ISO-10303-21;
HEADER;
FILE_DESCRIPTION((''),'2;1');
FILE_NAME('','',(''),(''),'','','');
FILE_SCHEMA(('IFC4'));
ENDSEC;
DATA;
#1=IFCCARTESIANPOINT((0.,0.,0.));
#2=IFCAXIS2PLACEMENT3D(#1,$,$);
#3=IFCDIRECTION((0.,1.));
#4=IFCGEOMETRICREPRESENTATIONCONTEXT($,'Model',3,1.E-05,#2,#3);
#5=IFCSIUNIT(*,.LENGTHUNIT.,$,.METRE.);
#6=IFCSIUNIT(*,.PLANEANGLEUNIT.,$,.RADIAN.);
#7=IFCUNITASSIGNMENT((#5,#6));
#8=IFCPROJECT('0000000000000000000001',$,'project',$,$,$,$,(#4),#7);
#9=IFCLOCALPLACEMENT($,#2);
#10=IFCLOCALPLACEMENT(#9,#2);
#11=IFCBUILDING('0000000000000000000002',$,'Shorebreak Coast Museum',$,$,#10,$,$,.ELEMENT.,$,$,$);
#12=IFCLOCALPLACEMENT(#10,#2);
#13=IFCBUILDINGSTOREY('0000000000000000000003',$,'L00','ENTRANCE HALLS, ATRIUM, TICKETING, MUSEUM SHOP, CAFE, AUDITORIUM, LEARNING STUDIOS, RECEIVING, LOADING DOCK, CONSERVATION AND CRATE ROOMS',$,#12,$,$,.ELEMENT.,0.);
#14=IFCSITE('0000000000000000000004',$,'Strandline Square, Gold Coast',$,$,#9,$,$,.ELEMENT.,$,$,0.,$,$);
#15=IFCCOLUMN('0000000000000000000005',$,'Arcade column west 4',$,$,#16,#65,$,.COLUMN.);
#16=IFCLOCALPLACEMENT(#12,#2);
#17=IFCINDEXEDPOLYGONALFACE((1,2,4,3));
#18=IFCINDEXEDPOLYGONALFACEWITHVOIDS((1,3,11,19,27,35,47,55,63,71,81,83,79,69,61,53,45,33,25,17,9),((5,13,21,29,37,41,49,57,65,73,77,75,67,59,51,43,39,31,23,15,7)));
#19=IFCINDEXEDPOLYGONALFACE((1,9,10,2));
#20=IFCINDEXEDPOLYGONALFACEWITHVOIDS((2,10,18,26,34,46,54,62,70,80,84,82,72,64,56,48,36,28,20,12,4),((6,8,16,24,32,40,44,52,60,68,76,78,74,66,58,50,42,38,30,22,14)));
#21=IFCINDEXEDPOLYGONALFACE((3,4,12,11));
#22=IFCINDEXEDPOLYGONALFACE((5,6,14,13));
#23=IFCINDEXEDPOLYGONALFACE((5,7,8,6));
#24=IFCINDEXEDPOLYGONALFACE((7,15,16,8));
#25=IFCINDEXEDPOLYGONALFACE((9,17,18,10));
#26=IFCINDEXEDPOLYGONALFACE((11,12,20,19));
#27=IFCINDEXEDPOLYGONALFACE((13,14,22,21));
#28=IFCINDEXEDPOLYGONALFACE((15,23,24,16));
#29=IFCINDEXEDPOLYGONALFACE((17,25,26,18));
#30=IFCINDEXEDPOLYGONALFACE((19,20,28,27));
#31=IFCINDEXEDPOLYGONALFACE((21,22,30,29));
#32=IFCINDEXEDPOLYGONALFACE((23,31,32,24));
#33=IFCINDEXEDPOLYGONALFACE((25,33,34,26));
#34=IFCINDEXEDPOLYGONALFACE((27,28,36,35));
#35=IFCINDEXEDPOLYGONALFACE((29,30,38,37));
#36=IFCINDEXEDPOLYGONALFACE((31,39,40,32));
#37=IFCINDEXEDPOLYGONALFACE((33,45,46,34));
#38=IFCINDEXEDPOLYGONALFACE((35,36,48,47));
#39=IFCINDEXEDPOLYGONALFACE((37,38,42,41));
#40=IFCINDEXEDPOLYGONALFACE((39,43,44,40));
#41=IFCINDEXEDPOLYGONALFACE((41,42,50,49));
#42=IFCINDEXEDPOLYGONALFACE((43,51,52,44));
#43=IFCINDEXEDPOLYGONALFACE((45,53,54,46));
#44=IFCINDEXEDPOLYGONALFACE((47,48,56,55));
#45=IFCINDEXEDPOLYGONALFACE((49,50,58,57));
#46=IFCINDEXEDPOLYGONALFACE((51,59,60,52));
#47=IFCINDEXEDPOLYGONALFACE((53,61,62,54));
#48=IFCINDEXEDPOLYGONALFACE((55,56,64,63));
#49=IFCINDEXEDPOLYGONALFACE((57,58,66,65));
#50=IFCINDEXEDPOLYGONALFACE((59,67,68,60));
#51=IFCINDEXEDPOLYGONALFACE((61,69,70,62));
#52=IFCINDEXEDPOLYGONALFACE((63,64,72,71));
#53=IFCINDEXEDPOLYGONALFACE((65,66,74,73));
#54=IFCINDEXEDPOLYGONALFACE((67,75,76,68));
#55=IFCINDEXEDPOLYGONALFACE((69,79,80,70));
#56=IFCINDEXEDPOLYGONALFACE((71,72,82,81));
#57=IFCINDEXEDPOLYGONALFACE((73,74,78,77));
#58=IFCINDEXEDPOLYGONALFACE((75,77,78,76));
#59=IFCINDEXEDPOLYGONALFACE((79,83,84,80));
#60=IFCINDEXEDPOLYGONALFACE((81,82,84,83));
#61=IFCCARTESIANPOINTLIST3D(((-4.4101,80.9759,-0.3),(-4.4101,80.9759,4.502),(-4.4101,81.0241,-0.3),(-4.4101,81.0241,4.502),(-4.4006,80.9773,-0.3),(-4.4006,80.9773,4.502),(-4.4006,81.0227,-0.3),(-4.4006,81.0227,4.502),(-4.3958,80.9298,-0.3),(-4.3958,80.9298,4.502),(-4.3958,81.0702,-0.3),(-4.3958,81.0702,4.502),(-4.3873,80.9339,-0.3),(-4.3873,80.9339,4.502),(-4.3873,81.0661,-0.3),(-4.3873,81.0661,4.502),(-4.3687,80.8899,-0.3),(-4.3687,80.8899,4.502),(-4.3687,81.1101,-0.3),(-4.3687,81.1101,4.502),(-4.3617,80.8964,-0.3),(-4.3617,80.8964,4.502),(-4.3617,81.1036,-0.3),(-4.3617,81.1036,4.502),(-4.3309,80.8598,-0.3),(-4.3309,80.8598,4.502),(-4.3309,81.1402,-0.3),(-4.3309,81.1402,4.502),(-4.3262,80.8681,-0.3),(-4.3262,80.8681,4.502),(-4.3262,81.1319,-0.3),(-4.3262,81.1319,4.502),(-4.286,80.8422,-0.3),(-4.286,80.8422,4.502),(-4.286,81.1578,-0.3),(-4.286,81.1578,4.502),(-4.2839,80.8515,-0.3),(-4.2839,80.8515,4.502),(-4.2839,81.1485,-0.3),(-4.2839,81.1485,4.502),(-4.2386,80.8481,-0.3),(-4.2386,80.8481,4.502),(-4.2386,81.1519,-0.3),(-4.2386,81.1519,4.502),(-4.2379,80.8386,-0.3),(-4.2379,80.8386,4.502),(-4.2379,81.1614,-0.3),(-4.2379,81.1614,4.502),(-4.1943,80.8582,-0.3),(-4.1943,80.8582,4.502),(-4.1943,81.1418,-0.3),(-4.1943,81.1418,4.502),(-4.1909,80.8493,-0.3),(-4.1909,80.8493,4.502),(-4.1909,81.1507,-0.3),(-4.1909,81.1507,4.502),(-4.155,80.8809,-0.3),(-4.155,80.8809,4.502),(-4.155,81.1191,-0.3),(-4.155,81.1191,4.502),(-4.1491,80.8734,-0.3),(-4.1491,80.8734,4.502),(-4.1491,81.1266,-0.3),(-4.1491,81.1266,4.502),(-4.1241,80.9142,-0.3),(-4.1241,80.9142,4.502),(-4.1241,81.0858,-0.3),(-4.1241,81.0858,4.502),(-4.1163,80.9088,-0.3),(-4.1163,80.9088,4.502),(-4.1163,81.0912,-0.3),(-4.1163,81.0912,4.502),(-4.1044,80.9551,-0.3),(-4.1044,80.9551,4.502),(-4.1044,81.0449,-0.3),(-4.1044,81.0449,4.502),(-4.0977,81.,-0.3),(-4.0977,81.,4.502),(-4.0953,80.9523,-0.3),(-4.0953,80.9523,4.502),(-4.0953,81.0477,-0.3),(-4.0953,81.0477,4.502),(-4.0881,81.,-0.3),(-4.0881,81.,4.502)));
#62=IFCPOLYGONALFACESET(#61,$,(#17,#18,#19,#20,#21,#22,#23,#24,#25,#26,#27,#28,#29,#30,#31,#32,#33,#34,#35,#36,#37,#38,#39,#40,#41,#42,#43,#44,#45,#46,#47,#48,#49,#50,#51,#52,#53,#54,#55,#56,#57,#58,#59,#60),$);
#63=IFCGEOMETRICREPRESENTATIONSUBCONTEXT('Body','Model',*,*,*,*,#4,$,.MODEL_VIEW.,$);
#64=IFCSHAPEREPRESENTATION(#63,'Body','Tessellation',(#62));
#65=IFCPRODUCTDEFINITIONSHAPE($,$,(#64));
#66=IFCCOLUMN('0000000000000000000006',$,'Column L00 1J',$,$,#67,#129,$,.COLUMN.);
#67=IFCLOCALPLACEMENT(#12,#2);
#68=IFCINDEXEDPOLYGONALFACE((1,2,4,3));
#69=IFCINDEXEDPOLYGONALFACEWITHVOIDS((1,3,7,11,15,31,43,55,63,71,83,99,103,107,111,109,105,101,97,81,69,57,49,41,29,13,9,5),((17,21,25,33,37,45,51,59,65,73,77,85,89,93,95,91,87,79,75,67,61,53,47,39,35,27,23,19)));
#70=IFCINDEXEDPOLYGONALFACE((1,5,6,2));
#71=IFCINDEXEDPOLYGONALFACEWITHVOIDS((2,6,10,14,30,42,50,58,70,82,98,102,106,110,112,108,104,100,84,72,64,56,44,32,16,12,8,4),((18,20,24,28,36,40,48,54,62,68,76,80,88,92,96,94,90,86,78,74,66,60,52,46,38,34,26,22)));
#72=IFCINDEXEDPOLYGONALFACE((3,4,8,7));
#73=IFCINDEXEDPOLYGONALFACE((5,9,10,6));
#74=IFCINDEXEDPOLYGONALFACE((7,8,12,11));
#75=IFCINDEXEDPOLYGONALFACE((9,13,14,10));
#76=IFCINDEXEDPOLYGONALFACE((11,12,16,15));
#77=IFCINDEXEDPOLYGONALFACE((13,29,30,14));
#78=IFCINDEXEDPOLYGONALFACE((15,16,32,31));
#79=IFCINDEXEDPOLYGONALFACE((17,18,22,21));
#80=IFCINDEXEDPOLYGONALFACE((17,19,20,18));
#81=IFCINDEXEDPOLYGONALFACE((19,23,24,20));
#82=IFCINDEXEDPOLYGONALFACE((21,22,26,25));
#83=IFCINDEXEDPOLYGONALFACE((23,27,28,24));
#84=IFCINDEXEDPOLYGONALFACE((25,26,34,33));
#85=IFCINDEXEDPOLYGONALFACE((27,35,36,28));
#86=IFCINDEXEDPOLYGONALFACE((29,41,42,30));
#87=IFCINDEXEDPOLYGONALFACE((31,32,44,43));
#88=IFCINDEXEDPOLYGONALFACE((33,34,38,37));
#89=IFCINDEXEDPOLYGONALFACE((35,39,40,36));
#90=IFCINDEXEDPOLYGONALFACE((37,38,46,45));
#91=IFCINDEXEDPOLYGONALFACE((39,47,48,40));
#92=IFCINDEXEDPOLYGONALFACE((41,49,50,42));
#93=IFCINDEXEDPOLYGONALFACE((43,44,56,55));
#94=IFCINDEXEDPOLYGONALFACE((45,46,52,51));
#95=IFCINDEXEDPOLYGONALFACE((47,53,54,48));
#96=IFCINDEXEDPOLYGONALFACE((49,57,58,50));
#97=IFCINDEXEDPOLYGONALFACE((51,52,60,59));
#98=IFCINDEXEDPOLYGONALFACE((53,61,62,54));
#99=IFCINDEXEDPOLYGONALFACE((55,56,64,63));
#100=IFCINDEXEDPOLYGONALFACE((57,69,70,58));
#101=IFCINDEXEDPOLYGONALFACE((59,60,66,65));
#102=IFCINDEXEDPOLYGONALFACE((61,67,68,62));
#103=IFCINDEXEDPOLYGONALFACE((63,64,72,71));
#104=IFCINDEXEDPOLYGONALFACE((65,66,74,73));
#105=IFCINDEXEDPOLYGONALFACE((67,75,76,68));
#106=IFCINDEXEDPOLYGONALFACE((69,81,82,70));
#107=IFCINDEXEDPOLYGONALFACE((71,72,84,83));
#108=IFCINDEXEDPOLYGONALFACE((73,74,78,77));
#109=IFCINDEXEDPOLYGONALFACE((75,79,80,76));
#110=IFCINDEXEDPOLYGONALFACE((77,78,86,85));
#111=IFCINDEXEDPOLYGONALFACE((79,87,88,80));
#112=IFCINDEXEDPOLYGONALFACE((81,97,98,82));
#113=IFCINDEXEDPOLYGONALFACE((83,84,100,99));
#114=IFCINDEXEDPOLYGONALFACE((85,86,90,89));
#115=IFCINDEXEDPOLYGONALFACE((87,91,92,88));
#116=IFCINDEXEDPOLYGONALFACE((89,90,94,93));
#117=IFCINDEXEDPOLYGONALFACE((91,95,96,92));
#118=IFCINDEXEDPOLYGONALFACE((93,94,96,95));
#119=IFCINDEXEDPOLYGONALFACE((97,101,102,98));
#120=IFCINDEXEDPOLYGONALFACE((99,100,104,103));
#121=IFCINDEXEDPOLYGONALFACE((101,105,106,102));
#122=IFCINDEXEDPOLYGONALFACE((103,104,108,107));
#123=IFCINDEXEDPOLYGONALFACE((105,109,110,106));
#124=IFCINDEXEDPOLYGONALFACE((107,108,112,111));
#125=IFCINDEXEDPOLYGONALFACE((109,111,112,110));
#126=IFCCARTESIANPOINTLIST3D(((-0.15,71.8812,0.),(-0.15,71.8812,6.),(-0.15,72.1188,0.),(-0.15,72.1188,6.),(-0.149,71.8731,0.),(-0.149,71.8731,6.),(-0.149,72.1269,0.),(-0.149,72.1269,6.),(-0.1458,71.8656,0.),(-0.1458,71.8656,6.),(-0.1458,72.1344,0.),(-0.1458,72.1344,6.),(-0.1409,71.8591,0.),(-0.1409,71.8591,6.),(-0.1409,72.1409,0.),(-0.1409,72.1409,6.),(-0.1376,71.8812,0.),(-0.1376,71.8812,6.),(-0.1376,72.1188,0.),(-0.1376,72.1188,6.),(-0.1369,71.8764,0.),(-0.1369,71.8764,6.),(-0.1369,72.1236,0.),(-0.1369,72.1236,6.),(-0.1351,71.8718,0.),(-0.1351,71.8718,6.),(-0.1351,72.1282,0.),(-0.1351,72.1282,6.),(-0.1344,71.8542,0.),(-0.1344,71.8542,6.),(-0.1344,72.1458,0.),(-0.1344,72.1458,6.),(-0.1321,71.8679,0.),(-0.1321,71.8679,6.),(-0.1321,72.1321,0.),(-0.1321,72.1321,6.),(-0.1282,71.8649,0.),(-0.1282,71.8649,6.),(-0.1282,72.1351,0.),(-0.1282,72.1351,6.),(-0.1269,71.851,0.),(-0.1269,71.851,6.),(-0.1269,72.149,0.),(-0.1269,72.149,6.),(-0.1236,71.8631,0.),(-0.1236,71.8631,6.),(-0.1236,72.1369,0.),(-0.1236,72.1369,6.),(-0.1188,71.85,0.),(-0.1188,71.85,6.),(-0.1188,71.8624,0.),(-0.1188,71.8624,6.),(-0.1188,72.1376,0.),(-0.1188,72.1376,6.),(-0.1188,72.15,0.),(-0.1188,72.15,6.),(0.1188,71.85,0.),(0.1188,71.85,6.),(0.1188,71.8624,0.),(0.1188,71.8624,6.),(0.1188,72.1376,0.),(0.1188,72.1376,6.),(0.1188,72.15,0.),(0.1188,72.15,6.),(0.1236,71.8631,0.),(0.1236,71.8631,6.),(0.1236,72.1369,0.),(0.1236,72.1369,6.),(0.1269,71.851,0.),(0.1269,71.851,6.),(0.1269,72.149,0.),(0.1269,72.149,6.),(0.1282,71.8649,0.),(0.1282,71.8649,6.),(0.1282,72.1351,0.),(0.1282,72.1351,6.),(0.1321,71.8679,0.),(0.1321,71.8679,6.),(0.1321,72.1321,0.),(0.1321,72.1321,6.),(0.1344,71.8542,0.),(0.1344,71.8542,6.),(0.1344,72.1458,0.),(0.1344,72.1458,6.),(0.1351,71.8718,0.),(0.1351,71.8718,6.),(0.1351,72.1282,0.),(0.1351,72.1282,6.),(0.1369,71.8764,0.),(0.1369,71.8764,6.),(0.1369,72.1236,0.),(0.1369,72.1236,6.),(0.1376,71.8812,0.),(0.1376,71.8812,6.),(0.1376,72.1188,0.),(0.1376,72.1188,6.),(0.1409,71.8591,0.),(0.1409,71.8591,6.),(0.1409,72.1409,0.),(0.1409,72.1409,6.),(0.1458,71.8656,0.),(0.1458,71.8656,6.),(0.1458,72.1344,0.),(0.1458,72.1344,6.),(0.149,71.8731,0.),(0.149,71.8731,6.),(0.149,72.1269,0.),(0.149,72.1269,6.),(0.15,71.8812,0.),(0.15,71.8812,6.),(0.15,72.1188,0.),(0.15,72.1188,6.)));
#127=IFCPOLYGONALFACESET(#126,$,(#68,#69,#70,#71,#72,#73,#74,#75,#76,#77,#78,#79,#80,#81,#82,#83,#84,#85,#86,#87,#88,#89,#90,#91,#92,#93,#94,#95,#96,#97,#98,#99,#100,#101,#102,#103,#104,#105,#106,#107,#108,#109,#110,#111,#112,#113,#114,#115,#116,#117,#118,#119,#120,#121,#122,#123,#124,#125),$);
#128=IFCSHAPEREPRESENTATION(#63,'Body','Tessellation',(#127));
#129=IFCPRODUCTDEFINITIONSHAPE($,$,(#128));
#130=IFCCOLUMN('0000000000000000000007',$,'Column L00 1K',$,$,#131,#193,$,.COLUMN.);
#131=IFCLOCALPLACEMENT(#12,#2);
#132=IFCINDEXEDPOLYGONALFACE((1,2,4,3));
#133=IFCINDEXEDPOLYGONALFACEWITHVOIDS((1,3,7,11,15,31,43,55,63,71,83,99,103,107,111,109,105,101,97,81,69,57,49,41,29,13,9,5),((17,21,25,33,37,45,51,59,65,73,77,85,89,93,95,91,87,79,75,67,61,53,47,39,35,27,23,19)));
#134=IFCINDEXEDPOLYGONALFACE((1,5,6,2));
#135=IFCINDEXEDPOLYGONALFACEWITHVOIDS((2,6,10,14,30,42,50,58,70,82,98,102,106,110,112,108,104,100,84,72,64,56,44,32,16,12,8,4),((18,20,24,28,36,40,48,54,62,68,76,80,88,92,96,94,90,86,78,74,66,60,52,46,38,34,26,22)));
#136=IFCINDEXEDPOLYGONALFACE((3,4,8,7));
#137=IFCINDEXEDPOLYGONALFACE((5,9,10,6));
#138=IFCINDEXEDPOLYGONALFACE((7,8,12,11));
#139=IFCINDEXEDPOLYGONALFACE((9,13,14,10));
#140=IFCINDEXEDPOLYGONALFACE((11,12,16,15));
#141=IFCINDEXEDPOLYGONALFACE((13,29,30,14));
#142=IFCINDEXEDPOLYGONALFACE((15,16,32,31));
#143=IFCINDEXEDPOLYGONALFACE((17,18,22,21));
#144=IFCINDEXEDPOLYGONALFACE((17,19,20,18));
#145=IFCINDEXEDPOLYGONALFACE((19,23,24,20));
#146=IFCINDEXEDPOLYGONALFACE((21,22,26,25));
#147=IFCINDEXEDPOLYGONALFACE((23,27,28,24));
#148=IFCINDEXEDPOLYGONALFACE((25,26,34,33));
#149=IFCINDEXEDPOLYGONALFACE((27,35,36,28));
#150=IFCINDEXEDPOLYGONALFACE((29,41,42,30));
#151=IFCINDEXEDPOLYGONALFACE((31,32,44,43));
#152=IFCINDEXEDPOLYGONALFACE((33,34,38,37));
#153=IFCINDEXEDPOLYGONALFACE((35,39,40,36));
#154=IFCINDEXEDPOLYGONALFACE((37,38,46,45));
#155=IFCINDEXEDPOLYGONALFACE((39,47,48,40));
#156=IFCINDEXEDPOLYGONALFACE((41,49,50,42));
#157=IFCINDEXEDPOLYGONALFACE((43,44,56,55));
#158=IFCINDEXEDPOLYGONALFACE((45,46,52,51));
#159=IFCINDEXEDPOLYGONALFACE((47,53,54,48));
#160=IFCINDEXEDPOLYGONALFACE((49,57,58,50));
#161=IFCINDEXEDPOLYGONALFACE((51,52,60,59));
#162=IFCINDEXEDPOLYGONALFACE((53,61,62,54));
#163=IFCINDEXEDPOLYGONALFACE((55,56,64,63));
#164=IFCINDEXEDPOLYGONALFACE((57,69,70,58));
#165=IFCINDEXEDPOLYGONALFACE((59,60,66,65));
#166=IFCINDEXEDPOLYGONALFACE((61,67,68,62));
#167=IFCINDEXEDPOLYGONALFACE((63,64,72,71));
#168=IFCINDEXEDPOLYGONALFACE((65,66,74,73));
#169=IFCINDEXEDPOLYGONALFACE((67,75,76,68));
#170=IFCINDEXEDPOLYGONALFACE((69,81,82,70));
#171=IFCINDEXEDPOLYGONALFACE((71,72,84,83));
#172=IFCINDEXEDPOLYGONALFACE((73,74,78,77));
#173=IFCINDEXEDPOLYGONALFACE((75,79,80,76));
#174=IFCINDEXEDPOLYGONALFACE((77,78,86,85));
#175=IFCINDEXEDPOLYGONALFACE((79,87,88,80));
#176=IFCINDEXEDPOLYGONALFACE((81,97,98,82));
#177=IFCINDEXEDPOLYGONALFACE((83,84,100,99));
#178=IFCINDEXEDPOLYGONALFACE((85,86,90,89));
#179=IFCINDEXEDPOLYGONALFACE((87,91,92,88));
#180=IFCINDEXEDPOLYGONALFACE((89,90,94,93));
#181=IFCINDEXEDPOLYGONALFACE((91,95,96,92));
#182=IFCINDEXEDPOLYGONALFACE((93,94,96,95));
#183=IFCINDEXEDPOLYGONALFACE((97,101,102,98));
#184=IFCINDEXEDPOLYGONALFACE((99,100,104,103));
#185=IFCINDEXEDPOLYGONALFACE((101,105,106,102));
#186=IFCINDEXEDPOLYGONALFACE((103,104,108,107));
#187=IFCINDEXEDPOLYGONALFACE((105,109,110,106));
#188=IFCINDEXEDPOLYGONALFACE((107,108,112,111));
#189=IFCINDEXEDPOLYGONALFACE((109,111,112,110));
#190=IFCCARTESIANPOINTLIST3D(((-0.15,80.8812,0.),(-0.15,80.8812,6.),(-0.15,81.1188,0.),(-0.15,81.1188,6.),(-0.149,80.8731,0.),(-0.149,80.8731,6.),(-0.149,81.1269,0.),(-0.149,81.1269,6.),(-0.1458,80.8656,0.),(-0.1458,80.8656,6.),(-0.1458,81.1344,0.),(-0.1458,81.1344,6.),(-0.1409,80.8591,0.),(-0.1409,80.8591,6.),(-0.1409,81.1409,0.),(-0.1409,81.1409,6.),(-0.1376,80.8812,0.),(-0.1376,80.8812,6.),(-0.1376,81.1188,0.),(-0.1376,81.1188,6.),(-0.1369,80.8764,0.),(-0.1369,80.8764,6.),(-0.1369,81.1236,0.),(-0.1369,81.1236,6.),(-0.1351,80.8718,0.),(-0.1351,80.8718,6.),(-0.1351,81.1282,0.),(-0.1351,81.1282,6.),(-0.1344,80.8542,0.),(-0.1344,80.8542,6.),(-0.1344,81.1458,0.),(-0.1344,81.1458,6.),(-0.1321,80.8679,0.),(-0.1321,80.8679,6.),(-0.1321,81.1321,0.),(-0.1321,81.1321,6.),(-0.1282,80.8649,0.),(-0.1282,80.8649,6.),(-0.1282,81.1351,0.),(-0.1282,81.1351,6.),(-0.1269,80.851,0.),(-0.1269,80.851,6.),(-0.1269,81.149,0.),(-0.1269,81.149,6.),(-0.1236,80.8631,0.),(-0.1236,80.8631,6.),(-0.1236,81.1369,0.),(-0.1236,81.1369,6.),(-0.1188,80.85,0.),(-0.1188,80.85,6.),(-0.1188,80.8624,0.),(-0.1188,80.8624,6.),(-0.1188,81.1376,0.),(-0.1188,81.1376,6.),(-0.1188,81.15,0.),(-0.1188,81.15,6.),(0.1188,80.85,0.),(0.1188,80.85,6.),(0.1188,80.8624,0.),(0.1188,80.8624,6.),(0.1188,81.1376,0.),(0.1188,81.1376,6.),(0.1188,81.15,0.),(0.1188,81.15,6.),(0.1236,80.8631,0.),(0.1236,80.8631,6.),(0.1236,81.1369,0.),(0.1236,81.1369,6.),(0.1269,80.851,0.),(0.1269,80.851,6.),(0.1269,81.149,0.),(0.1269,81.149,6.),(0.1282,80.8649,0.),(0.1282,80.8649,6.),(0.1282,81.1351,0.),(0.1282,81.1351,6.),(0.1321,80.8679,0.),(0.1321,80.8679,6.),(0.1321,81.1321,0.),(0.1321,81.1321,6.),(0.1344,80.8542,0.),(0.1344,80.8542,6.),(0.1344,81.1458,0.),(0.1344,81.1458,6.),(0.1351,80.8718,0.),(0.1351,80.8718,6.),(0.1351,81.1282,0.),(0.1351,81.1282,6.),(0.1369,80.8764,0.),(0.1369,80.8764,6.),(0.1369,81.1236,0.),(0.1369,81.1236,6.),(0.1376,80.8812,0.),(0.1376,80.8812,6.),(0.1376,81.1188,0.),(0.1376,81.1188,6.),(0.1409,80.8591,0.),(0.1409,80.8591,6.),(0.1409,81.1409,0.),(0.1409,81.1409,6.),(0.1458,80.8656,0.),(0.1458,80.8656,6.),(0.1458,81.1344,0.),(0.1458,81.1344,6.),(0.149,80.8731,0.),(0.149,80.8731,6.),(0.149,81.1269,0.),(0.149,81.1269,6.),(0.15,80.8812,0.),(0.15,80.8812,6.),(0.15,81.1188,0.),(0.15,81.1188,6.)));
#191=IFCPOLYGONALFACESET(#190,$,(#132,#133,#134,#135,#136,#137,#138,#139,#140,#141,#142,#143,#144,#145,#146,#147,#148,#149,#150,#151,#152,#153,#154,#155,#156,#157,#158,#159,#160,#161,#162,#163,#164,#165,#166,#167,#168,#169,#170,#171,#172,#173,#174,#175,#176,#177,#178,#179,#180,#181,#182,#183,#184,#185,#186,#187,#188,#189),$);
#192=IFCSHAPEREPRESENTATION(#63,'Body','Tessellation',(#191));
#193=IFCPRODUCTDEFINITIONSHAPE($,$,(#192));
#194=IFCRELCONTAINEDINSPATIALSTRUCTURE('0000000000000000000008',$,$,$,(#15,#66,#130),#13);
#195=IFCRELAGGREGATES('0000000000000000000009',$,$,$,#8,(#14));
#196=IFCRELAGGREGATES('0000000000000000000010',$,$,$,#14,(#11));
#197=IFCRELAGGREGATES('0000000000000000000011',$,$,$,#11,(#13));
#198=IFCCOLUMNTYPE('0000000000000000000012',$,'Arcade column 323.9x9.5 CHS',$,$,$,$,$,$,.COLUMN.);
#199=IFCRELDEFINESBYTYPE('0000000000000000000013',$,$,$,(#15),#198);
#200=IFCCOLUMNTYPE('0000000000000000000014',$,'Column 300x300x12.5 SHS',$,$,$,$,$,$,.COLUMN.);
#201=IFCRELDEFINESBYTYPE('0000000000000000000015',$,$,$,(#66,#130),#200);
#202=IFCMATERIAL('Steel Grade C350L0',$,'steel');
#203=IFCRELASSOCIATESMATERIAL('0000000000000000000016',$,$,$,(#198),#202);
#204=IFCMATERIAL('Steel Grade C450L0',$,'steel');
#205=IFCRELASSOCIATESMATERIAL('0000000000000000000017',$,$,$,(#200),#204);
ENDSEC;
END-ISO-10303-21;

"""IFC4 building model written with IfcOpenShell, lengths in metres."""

from ifc_helpers import new_model, si_unit, direction, frame, origin, origin_2d, place, context, subcontext, project, spatial, hollow_rectangle, hollow_circle, extrude, material, material_profile, profile_set, type_object, element, save


model = new_model("IFC4")

# Units and contexts
model_context = context("Model", 3, precision=1e-05, world=origin(), true_north=direction((0.0, 1.0)))
body_context = subcontext(model_context, "Body", "Model", "MODEL_VIEW")
ifc_project = project(units=[si_unit("LENGTHUNIT", "METRE"), si_unit("PLANEANGLEUNIT", "RADIAN")], contexts=[model_context])

# Site, building, storey
site_placement = place(None, origin())
site = spatial("IfcSite", under=ifc_project, at=site_placement, Name="Strandline Square, Gold Coast", CompositionType="ELEMENT", RefElevation=0.0)
building_placement = place(site_placement, origin())
building = spatial("IfcBuilding", under=site, at=building_placement, Name="Shorebreak Coast Museum", CompositionType="ELEMENT")
storey_placement = place(building_placement, origin())
storey = spatial("IfcBuildingStorey", under=building, at=storey_placement, Name="L00", Description="ENTRANCE HALLS, ATRIUM, TICKETING, MUSEUM SHOP, CAFE, AUDITORIUM, LEARNING STUDIOS, RECEIVING, LOADING DOCK, CONSERVATION AND CRATE ROOMS", CompositionType="ELEMENT", Elevation=0.0)

# Columns
ifc_material_1 = material(Name="Steel Grade C350L0", Category="steel")
ifc_material_profile_1 = material_profile(ifc_material_1, hollow_circle(Radius=0.1619, WallThickness=0.0095, at=origin_2d()), Name="323.9x9.5 CHS")
ifc_profile_set_1 = profile_set([ifc_material_profile_1], Name="Steel Grade C350L0")
column_type_1 = type_object("IfcColumnType", Name="Arcade column 323.9x9.5 CHS", PredefinedType="COLUMN", material=ifc_profile_set_1)
column_placement = place(storey_placement, frame((-4.25, 81.0, -0.3), z_axis=(0.0, 0.0, 1.0), x_axis=(1.0, 0.0, 0.0)))
element("IfcColumn", 1, at=column_placement, inside=storey, type_object=column_type_1, Name="Arcade column west 4", PredefinedType="COLUMN", context=body_context, shape_type="SweptSolid", body=[
    extrude(hollow_circle(Radius=0.1619, WallThickness=0.0095, at=origin_2d()), origin(), (0.0, 0.0, 1.0), 4.802),
])
ifc_material_2 = material(Name="Steel Grade C450L0", Category="steel")
ifc_material_profile_2 = material_profile(ifc_material_2, hollow_rectangle(XDim=0.3, YDim=0.3, WallThickness=0.0125, InnerFilletRadius=0.0188, OuterFilletRadius=0.0312, at=origin_2d()), Name="300x300x12.5 SHS")
ifc_profile_set_2 = profile_set([ifc_material_profile_2], Name="Steel Grade C450L0")
column_type_2 = type_object("IfcColumnType", Name="Column 300x300x12.5 SHS", PredefinedType="COLUMN", material=ifc_profile_set_2)
for number, where, z_axis, x_axis, name in (
    (2, (0.0, 72.0, 0.0), (0.0, 0.0, 1.0), (1.0, 0.0, 0.0), "Column L00 1J"),
    (3, (0.0, 81.0, 0.0), (0.0, 0.0, 1.0), (1.0, 0.0, 0.0), "Column L00 1K"),
):
    element("IfcColumn", number, at=place(storey_placement, frame(where, z_axis=z_axis, x_axis=x_axis)), inside=storey, type_object=column_type_2, Name=name, PredefinedType="COLUMN", context=body_context, shape_type="SweptSolid", body=[
        extrude(hollow_rectangle(XDim=0.3, YDim=0.3, WallThickness=0.0125, InnerFilletRadius=0.0188, OuterFilletRadius=0.0312, at=origin_2d()), origin(), (0.0, 0.0, 1.0), 6.0),
    ])

save(model, "model.ifc")
